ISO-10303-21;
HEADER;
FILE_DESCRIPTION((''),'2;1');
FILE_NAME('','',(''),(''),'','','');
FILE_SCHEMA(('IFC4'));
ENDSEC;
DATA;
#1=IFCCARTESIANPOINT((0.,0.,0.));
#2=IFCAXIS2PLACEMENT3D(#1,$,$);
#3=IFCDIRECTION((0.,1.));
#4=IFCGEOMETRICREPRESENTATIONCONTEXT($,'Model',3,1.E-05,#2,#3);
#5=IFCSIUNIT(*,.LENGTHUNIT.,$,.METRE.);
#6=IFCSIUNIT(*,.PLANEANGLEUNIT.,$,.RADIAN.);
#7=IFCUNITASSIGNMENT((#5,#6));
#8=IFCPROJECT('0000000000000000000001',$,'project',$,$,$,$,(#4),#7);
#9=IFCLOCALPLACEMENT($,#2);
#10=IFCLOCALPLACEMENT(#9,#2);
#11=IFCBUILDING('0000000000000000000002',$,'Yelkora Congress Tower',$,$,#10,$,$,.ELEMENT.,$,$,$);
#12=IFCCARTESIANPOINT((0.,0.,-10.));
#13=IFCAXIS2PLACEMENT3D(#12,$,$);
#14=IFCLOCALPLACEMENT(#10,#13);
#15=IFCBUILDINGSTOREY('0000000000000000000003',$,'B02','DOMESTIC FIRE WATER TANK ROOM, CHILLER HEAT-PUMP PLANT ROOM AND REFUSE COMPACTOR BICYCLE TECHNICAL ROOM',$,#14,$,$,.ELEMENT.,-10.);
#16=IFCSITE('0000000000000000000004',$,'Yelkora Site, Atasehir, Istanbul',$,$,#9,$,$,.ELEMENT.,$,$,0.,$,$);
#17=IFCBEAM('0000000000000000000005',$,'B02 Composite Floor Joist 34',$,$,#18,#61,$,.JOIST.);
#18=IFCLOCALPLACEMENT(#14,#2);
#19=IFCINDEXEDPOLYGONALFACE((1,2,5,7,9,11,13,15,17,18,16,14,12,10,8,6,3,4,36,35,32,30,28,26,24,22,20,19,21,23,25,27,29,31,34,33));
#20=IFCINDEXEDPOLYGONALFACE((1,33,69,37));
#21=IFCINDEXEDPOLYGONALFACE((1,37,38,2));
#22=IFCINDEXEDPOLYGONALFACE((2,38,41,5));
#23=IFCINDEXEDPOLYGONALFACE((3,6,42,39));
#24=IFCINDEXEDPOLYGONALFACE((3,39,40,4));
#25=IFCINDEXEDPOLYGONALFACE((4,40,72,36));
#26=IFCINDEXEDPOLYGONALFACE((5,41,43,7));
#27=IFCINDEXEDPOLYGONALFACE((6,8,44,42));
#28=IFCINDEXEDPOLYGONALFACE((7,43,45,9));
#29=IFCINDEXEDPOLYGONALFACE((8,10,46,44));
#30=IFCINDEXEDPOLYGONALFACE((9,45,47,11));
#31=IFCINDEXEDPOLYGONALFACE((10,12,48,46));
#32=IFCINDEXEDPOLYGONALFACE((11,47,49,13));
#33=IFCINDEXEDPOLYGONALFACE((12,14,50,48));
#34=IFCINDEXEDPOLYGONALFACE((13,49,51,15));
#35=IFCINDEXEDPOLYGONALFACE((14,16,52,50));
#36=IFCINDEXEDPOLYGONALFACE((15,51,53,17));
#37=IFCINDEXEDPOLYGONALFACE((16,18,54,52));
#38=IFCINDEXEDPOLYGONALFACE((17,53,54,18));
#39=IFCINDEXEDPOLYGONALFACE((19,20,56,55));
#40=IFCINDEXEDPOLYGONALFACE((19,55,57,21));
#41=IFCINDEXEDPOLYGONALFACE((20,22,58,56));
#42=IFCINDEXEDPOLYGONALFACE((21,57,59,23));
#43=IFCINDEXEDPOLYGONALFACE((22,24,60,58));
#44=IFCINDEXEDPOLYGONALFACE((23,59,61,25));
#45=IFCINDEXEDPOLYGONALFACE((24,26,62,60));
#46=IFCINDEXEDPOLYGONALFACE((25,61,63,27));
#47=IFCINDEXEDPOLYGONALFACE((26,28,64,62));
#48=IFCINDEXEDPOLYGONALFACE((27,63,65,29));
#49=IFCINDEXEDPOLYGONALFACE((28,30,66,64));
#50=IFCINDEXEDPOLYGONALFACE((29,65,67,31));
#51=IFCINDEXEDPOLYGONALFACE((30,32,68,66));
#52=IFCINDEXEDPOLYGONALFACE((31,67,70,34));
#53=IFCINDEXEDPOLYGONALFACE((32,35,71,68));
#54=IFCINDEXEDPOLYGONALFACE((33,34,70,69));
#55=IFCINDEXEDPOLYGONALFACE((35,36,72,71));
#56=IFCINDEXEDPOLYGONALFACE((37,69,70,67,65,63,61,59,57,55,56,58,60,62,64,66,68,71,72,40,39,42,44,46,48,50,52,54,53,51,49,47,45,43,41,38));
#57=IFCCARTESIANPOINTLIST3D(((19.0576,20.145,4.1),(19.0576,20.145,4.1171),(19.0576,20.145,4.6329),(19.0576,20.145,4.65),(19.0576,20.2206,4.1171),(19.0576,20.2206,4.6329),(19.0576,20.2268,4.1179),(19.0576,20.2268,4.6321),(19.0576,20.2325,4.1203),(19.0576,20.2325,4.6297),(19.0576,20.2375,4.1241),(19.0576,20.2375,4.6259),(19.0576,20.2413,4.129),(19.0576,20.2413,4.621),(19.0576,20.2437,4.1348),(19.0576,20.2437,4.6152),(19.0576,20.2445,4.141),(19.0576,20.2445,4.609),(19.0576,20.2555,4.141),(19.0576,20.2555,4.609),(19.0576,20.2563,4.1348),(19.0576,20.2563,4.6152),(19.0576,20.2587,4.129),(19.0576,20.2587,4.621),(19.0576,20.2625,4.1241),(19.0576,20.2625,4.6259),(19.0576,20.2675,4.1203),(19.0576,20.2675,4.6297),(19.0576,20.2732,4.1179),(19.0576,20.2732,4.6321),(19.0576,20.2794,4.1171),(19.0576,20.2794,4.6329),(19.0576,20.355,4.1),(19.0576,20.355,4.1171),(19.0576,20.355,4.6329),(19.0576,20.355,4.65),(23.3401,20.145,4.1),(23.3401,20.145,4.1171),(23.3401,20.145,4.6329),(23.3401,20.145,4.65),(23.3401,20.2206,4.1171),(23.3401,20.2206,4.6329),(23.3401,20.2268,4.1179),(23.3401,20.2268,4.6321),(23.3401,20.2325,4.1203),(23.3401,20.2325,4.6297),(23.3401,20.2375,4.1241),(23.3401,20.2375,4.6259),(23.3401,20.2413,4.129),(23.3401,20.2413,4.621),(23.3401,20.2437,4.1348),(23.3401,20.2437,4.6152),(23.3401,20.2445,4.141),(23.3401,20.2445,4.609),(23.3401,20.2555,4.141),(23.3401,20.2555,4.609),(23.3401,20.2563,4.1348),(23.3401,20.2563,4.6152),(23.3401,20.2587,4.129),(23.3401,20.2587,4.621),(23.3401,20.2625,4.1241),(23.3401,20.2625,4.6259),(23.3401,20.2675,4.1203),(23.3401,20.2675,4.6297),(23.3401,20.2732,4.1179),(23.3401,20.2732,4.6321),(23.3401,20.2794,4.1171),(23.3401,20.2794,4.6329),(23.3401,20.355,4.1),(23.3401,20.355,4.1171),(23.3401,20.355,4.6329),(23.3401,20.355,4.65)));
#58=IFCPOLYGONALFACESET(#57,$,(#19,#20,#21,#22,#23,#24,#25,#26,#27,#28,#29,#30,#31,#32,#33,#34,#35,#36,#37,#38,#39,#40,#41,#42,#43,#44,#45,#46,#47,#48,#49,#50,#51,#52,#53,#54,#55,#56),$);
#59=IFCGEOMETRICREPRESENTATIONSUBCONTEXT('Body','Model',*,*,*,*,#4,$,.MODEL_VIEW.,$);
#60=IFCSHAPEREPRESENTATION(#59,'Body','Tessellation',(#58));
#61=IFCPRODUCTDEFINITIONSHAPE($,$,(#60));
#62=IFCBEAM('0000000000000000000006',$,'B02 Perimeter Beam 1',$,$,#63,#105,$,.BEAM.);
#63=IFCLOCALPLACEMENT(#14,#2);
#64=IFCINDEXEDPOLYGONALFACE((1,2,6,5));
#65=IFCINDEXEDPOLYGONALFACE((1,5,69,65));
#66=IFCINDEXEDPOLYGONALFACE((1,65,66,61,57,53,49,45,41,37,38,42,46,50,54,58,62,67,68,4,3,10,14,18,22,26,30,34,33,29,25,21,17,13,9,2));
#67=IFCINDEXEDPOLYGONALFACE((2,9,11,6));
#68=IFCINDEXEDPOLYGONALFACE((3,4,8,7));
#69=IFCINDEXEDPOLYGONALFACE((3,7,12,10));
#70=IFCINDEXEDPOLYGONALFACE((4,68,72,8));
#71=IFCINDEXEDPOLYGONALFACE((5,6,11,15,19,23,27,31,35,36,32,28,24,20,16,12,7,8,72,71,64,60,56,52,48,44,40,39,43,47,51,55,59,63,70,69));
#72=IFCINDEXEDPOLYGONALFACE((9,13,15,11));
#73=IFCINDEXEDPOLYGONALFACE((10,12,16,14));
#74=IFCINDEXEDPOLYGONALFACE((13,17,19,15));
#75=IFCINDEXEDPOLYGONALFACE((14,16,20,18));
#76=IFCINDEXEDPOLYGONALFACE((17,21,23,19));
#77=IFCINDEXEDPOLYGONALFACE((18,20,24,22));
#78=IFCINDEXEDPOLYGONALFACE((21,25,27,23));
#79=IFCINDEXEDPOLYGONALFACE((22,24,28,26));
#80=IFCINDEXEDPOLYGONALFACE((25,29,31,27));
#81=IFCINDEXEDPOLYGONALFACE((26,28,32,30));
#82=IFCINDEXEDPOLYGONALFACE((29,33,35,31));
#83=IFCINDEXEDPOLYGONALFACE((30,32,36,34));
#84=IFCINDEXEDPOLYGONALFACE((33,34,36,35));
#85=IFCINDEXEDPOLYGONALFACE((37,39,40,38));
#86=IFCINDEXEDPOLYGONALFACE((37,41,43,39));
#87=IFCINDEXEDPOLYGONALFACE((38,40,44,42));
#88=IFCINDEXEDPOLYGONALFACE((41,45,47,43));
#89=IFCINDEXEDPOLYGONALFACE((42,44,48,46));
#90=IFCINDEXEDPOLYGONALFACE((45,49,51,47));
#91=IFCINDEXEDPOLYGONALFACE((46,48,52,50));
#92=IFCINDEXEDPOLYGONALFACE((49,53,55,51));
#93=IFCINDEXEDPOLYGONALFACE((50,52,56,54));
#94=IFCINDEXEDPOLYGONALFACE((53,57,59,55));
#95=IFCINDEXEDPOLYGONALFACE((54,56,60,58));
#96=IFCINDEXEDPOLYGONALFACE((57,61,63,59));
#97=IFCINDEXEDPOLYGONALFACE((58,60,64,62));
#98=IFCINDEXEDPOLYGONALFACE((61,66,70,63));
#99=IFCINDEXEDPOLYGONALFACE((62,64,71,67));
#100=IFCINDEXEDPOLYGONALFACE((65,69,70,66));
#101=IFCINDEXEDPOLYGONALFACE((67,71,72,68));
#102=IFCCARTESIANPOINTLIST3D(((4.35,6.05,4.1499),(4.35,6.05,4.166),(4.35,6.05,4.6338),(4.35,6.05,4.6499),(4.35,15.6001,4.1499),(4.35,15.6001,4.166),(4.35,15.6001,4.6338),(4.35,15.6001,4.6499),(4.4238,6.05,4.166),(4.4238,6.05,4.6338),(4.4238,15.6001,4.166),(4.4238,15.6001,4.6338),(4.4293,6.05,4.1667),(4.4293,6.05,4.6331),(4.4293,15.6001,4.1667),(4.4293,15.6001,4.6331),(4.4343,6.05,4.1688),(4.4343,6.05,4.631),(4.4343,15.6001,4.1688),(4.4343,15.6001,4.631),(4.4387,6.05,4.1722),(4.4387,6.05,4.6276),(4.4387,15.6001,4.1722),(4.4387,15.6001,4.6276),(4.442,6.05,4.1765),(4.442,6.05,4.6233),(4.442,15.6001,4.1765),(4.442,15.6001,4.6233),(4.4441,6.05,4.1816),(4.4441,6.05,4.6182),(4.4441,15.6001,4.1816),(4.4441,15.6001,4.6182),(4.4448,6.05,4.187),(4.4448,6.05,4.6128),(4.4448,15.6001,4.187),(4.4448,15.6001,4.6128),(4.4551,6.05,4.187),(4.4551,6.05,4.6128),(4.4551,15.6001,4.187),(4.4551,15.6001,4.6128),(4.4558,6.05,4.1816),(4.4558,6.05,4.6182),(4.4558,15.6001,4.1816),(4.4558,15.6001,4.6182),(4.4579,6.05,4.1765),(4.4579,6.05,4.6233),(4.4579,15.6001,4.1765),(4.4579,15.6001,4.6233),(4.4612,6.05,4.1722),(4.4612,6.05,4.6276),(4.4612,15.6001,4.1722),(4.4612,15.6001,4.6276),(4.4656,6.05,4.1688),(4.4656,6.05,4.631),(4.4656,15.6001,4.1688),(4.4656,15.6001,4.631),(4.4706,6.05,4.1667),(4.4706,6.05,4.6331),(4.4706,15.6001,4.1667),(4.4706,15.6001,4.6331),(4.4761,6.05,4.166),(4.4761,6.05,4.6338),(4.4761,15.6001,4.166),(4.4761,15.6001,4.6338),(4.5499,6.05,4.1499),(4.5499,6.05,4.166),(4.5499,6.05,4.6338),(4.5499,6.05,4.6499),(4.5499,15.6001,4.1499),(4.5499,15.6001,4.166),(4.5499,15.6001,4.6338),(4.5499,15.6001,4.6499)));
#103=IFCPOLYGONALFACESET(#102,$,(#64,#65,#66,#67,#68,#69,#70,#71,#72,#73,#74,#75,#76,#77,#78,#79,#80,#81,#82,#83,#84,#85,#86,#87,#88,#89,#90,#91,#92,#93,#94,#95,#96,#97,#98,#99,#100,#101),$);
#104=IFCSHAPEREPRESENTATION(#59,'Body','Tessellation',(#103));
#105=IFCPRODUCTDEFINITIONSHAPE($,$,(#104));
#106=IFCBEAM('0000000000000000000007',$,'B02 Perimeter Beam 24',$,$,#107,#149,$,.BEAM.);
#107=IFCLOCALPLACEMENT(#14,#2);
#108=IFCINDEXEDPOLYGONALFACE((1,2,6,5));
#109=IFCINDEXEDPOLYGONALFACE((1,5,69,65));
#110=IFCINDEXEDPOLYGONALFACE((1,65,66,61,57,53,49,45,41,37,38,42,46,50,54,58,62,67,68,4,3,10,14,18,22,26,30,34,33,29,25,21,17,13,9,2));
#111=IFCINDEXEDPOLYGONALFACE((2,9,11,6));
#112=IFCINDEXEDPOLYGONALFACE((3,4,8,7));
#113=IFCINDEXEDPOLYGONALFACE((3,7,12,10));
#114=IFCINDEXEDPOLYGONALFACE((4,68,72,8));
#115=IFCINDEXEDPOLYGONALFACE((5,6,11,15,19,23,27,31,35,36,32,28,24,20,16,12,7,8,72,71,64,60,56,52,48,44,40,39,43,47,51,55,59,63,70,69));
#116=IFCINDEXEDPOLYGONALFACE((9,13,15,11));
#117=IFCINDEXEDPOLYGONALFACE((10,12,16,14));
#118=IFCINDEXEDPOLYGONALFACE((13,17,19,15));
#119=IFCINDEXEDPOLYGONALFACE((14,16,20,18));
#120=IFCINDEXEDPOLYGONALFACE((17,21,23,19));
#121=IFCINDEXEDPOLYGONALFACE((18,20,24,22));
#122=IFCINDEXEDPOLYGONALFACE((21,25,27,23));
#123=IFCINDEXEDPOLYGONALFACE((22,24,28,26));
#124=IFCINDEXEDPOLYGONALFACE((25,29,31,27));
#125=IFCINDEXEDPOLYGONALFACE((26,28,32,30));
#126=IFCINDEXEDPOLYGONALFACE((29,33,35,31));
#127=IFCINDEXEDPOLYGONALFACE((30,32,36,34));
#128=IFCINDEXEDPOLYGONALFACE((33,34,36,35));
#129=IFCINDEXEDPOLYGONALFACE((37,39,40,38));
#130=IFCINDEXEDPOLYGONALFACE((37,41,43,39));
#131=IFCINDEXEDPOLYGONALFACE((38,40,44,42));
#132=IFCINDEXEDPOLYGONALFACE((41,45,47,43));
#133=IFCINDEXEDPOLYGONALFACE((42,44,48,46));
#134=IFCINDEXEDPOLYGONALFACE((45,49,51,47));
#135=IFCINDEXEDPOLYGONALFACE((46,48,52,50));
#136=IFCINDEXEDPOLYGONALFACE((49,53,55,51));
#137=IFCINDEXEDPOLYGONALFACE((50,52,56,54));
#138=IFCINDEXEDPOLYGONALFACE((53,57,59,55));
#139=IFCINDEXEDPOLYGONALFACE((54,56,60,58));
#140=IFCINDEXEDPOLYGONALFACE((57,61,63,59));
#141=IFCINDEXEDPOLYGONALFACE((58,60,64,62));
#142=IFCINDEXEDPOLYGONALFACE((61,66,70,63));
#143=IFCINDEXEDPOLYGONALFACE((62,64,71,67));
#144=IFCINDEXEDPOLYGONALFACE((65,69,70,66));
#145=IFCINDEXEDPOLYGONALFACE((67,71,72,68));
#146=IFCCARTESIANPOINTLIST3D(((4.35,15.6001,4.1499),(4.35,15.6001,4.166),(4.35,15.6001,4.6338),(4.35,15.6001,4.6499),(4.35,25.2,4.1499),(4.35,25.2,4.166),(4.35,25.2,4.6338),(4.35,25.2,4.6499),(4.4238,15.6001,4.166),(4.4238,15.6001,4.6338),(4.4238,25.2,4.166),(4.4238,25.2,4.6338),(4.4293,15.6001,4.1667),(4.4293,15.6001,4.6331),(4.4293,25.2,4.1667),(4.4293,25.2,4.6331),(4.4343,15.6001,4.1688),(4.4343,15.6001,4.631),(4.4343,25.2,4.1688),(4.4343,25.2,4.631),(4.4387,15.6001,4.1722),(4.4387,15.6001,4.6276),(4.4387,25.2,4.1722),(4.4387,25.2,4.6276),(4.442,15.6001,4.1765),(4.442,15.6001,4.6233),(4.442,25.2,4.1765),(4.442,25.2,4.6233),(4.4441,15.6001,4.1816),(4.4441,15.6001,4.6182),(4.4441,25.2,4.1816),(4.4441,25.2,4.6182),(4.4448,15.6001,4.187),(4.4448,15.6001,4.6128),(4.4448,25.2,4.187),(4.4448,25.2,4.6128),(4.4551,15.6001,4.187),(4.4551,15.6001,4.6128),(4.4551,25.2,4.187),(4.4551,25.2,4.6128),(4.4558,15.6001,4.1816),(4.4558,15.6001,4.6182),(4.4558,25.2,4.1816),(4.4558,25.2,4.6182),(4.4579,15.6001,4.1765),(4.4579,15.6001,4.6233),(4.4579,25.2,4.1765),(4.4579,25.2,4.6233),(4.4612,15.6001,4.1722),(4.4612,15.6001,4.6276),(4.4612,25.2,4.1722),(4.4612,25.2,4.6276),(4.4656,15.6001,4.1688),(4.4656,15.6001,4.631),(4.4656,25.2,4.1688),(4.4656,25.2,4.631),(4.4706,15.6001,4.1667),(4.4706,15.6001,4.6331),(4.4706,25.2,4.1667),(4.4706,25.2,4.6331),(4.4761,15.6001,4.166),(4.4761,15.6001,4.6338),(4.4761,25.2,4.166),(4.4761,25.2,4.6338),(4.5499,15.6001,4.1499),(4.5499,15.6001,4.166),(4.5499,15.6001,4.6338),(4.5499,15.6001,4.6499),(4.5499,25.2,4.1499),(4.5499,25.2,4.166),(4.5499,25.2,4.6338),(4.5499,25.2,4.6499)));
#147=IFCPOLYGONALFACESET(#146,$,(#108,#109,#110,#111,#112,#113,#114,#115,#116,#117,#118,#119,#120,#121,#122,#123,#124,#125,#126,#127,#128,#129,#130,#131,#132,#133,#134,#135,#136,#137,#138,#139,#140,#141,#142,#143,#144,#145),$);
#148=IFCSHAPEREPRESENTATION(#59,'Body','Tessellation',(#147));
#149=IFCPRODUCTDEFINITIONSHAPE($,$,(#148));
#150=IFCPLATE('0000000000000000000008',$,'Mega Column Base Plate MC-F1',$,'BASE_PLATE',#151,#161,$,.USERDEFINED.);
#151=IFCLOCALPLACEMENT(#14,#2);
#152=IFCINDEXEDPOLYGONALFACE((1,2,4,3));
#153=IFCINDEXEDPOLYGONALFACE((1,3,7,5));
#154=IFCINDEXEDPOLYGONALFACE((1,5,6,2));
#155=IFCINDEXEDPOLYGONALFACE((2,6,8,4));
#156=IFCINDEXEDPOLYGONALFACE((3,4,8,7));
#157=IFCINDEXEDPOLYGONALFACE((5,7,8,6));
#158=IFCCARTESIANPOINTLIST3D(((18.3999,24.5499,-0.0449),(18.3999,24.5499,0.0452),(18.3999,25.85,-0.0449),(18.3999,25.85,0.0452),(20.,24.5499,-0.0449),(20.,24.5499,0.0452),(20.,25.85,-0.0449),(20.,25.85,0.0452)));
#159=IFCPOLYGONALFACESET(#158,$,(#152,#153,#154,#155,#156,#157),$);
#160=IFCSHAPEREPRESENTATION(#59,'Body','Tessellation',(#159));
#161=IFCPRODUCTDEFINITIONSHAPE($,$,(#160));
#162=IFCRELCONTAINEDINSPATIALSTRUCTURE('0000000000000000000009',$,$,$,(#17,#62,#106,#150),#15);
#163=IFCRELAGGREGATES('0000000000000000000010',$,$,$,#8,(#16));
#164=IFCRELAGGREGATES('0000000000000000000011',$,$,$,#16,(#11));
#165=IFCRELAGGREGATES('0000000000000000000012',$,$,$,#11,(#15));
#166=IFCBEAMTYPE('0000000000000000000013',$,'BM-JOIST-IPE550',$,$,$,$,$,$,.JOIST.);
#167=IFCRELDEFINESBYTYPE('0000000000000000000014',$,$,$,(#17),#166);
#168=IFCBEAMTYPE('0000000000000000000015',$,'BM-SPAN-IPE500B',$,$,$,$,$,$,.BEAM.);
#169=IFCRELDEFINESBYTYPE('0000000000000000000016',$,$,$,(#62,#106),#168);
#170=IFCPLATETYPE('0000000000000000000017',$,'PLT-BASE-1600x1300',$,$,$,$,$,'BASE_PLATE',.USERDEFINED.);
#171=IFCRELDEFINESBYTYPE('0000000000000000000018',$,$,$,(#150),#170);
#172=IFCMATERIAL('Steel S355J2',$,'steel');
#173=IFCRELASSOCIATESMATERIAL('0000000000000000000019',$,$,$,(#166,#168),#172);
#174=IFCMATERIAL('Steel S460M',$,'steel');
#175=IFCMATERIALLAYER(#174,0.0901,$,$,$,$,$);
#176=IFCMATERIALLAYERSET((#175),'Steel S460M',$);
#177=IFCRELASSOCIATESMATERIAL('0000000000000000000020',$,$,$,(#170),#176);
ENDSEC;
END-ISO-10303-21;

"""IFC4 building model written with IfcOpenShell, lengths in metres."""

from ifc_helpers import new_model, si_unit, direction, frame, origin, origin_2d, place, context, subcontext, project, spatial, rectangle, i_section, extrude, material, layer, layer_set, material_profile, profile_set, type_object, element, save


model = new_model("IFC4")

# Units and contexts
model_context = context("Model", 3, precision=1e-05, world=origin(), true_north=direction((0.0, 1.0)))
body_context = subcontext(model_context, "Body", "Model", "MODEL_VIEW")
ifc_project = project(units=[si_unit("LENGTHUNIT", "METRE"), si_unit("PLANEANGLEUNIT", "RADIAN")], contexts=[model_context])

# Site, building, storey
site_placement = place(None, origin())
site = spatial("IfcSite", under=ifc_project, at=site_placement, Name="Yelkora Site, Atasehir, Istanbul", CompositionType="ELEMENT", RefElevation=0.0)
building_placement = place(site_placement, origin())
building = spatial("IfcBuilding", under=site, at=building_placement, Name="Yelkora Congress Tower", CompositionType="ELEMENT")
storey_placement = place(building_placement, frame((0.0, 0.0, -10.0)))
storey = spatial("IfcBuildingStorey", under=building, at=storey_placement, Name="B02", Description="DOMESTIC FIRE WATER TANK ROOM, CHILLER HEAT-PUMP PLANT ROOM AND REFUSE COMPACTOR BICYCLE TECHNICAL ROOM", CompositionType="ELEMENT", Elevation=-10.0)

# Beams
ifc_material_1 = material(Name="Steel S355J2", Category="steel")
ifc_material_profile_1 = material_profile(ifc_material_1, i_section(OverallWidth=0.21, OverallDepth=0.55, WebThickness=0.011, FlangeThickness=0.0171, FilletRadius=0.0239, at=origin_2d()), Name="IPE 550")
ifc_profile_set_1 = profile_set([ifc_material_profile_1], Name="Steel S355J2")
beam_type_1 = type_object("IfcBeamType", Name="BM-JOIST-IPE550", PredefinedType="JOIST", material=ifc_profile_set_1)
beam_1_placement = place(storey_placement, frame((19.0576, 20.25, 4.375), z_axis=(1.0, 0.0, 0.0), x_axis=(0.0, 1.0, 0.0)))
element("IfcBeam", 1, at=beam_1_placement, inside=storey, type_object=beam_type_1, Name="B02 Composite Floor Joist 34", PredefinedType="JOIST", context=body_context, shape_type="SweptSolid", body=[
    extrude(i_section(OverallWidth=0.21, OverallDepth=0.55, WebThickness=0.011, FlangeThickness=0.0171, FilletRadius=0.0239, at=origin_2d()), origin(), (0.0, 0.0, 1.0), 4.2825),
])
ifc_material_profile_2 = material_profile(ifc_material_1, i_section(OverallWidth=0.2, OverallDepth=0.5, WebThickness=0.0103, FlangeThickness=0.0161, FilletRadius=0.021, at=origin_2d()), Name="IPE 500")
ifc_profile_set_2 = profile_set([ifc_material_profile_2], Name="Steel S355J2")
beam_type_2 = type_object("IfcBeamType", Name="BM-SPAN-IPE500B", PredefinedType="BEAM", material=ifc_profile_set_2)
beam_2_placement = place(storey_placement, frame((4.45, 15.6001, 4.3999), z_axis=(0.0, -1.0, 0.0), x_axis=(1.0, 0.0, 0.0)))
element("IfcBeam", 2, at=beam_2_placement, inside=storey, type_object=beam_type_2, Name="B02 Perimeter Beam 1", PredefinedType="BEAM", context=body_context, shape_type="SweptSolid", body=[
    extrude(i_section(OverallWidth=0.2, OverallDepth=0.5, WebThickness=0.0103, FlangeThickness=0.0161, FilletRadius=0.021, at=origin_2d()), origin(), (0.0, 0.0, 1.0), 9.55),
])
beam_3_placement = place(storey_placement, frame((4.45, 25.2, 4.3999), z_axis=(0.0, -1.0, 0.0), x_axis=(1.0, 0.0, 0.0)))
element("IfcBeam", 3, at=beam_3_placement, inside=storey, type_object=beam_type_2, Name="B02 Perimeter Beam 24", PredefinedType="BEAM", context=body_context, shape_type="SweptSolid", body=[
    extrude(i_section(OverallWidth=0.2, OverallDepth=0.5, WebThickness=0.0103, FlangeThickness=0.0161, FilletRadius=0.021, at=origin_2d()), origin(), (0.0, 0.0, 1.0), 9.5999),
])

# Plate
ifc_material_2 = material(Name="Steel S460M", Category="steel")
ifc_layer_1 = layer(ifc_material_2, 0.0901)
ifc_layer_set_1 = layer_set([ifc_layer_1], Name="Steel S460M")
plate_type = type_object("IfcPlateType", Name="PLT-BASE-1600x1300", ElementType="BASE_PLATE", PredefinedType="USERDEFINED", material=ifc_layer_set_1)
plate_placement = place(storey_placement, frame((19.2, 25.2, -0.0449), z_axis=(0.0, 0.0, 1.0), x_axis=(1.0, 0.0, 0.0)))
element("IfcPlate", 4, at=plate_placement, inside=storey, type_object=plate_type, Name="Mega Column Base Plate MC-F1", ObjectType="BASE_PLATE", PredefinedType="USERDEFINED", context=body_context, shape_type="SweptSolid", body=[
    extrude(rectangle(XDim=1.6001, YDim=1.3, at=origin_2d()), origin(), (0.0, 0.0, 1.0), 0.0901),
])

save(model, "model.ifc")
